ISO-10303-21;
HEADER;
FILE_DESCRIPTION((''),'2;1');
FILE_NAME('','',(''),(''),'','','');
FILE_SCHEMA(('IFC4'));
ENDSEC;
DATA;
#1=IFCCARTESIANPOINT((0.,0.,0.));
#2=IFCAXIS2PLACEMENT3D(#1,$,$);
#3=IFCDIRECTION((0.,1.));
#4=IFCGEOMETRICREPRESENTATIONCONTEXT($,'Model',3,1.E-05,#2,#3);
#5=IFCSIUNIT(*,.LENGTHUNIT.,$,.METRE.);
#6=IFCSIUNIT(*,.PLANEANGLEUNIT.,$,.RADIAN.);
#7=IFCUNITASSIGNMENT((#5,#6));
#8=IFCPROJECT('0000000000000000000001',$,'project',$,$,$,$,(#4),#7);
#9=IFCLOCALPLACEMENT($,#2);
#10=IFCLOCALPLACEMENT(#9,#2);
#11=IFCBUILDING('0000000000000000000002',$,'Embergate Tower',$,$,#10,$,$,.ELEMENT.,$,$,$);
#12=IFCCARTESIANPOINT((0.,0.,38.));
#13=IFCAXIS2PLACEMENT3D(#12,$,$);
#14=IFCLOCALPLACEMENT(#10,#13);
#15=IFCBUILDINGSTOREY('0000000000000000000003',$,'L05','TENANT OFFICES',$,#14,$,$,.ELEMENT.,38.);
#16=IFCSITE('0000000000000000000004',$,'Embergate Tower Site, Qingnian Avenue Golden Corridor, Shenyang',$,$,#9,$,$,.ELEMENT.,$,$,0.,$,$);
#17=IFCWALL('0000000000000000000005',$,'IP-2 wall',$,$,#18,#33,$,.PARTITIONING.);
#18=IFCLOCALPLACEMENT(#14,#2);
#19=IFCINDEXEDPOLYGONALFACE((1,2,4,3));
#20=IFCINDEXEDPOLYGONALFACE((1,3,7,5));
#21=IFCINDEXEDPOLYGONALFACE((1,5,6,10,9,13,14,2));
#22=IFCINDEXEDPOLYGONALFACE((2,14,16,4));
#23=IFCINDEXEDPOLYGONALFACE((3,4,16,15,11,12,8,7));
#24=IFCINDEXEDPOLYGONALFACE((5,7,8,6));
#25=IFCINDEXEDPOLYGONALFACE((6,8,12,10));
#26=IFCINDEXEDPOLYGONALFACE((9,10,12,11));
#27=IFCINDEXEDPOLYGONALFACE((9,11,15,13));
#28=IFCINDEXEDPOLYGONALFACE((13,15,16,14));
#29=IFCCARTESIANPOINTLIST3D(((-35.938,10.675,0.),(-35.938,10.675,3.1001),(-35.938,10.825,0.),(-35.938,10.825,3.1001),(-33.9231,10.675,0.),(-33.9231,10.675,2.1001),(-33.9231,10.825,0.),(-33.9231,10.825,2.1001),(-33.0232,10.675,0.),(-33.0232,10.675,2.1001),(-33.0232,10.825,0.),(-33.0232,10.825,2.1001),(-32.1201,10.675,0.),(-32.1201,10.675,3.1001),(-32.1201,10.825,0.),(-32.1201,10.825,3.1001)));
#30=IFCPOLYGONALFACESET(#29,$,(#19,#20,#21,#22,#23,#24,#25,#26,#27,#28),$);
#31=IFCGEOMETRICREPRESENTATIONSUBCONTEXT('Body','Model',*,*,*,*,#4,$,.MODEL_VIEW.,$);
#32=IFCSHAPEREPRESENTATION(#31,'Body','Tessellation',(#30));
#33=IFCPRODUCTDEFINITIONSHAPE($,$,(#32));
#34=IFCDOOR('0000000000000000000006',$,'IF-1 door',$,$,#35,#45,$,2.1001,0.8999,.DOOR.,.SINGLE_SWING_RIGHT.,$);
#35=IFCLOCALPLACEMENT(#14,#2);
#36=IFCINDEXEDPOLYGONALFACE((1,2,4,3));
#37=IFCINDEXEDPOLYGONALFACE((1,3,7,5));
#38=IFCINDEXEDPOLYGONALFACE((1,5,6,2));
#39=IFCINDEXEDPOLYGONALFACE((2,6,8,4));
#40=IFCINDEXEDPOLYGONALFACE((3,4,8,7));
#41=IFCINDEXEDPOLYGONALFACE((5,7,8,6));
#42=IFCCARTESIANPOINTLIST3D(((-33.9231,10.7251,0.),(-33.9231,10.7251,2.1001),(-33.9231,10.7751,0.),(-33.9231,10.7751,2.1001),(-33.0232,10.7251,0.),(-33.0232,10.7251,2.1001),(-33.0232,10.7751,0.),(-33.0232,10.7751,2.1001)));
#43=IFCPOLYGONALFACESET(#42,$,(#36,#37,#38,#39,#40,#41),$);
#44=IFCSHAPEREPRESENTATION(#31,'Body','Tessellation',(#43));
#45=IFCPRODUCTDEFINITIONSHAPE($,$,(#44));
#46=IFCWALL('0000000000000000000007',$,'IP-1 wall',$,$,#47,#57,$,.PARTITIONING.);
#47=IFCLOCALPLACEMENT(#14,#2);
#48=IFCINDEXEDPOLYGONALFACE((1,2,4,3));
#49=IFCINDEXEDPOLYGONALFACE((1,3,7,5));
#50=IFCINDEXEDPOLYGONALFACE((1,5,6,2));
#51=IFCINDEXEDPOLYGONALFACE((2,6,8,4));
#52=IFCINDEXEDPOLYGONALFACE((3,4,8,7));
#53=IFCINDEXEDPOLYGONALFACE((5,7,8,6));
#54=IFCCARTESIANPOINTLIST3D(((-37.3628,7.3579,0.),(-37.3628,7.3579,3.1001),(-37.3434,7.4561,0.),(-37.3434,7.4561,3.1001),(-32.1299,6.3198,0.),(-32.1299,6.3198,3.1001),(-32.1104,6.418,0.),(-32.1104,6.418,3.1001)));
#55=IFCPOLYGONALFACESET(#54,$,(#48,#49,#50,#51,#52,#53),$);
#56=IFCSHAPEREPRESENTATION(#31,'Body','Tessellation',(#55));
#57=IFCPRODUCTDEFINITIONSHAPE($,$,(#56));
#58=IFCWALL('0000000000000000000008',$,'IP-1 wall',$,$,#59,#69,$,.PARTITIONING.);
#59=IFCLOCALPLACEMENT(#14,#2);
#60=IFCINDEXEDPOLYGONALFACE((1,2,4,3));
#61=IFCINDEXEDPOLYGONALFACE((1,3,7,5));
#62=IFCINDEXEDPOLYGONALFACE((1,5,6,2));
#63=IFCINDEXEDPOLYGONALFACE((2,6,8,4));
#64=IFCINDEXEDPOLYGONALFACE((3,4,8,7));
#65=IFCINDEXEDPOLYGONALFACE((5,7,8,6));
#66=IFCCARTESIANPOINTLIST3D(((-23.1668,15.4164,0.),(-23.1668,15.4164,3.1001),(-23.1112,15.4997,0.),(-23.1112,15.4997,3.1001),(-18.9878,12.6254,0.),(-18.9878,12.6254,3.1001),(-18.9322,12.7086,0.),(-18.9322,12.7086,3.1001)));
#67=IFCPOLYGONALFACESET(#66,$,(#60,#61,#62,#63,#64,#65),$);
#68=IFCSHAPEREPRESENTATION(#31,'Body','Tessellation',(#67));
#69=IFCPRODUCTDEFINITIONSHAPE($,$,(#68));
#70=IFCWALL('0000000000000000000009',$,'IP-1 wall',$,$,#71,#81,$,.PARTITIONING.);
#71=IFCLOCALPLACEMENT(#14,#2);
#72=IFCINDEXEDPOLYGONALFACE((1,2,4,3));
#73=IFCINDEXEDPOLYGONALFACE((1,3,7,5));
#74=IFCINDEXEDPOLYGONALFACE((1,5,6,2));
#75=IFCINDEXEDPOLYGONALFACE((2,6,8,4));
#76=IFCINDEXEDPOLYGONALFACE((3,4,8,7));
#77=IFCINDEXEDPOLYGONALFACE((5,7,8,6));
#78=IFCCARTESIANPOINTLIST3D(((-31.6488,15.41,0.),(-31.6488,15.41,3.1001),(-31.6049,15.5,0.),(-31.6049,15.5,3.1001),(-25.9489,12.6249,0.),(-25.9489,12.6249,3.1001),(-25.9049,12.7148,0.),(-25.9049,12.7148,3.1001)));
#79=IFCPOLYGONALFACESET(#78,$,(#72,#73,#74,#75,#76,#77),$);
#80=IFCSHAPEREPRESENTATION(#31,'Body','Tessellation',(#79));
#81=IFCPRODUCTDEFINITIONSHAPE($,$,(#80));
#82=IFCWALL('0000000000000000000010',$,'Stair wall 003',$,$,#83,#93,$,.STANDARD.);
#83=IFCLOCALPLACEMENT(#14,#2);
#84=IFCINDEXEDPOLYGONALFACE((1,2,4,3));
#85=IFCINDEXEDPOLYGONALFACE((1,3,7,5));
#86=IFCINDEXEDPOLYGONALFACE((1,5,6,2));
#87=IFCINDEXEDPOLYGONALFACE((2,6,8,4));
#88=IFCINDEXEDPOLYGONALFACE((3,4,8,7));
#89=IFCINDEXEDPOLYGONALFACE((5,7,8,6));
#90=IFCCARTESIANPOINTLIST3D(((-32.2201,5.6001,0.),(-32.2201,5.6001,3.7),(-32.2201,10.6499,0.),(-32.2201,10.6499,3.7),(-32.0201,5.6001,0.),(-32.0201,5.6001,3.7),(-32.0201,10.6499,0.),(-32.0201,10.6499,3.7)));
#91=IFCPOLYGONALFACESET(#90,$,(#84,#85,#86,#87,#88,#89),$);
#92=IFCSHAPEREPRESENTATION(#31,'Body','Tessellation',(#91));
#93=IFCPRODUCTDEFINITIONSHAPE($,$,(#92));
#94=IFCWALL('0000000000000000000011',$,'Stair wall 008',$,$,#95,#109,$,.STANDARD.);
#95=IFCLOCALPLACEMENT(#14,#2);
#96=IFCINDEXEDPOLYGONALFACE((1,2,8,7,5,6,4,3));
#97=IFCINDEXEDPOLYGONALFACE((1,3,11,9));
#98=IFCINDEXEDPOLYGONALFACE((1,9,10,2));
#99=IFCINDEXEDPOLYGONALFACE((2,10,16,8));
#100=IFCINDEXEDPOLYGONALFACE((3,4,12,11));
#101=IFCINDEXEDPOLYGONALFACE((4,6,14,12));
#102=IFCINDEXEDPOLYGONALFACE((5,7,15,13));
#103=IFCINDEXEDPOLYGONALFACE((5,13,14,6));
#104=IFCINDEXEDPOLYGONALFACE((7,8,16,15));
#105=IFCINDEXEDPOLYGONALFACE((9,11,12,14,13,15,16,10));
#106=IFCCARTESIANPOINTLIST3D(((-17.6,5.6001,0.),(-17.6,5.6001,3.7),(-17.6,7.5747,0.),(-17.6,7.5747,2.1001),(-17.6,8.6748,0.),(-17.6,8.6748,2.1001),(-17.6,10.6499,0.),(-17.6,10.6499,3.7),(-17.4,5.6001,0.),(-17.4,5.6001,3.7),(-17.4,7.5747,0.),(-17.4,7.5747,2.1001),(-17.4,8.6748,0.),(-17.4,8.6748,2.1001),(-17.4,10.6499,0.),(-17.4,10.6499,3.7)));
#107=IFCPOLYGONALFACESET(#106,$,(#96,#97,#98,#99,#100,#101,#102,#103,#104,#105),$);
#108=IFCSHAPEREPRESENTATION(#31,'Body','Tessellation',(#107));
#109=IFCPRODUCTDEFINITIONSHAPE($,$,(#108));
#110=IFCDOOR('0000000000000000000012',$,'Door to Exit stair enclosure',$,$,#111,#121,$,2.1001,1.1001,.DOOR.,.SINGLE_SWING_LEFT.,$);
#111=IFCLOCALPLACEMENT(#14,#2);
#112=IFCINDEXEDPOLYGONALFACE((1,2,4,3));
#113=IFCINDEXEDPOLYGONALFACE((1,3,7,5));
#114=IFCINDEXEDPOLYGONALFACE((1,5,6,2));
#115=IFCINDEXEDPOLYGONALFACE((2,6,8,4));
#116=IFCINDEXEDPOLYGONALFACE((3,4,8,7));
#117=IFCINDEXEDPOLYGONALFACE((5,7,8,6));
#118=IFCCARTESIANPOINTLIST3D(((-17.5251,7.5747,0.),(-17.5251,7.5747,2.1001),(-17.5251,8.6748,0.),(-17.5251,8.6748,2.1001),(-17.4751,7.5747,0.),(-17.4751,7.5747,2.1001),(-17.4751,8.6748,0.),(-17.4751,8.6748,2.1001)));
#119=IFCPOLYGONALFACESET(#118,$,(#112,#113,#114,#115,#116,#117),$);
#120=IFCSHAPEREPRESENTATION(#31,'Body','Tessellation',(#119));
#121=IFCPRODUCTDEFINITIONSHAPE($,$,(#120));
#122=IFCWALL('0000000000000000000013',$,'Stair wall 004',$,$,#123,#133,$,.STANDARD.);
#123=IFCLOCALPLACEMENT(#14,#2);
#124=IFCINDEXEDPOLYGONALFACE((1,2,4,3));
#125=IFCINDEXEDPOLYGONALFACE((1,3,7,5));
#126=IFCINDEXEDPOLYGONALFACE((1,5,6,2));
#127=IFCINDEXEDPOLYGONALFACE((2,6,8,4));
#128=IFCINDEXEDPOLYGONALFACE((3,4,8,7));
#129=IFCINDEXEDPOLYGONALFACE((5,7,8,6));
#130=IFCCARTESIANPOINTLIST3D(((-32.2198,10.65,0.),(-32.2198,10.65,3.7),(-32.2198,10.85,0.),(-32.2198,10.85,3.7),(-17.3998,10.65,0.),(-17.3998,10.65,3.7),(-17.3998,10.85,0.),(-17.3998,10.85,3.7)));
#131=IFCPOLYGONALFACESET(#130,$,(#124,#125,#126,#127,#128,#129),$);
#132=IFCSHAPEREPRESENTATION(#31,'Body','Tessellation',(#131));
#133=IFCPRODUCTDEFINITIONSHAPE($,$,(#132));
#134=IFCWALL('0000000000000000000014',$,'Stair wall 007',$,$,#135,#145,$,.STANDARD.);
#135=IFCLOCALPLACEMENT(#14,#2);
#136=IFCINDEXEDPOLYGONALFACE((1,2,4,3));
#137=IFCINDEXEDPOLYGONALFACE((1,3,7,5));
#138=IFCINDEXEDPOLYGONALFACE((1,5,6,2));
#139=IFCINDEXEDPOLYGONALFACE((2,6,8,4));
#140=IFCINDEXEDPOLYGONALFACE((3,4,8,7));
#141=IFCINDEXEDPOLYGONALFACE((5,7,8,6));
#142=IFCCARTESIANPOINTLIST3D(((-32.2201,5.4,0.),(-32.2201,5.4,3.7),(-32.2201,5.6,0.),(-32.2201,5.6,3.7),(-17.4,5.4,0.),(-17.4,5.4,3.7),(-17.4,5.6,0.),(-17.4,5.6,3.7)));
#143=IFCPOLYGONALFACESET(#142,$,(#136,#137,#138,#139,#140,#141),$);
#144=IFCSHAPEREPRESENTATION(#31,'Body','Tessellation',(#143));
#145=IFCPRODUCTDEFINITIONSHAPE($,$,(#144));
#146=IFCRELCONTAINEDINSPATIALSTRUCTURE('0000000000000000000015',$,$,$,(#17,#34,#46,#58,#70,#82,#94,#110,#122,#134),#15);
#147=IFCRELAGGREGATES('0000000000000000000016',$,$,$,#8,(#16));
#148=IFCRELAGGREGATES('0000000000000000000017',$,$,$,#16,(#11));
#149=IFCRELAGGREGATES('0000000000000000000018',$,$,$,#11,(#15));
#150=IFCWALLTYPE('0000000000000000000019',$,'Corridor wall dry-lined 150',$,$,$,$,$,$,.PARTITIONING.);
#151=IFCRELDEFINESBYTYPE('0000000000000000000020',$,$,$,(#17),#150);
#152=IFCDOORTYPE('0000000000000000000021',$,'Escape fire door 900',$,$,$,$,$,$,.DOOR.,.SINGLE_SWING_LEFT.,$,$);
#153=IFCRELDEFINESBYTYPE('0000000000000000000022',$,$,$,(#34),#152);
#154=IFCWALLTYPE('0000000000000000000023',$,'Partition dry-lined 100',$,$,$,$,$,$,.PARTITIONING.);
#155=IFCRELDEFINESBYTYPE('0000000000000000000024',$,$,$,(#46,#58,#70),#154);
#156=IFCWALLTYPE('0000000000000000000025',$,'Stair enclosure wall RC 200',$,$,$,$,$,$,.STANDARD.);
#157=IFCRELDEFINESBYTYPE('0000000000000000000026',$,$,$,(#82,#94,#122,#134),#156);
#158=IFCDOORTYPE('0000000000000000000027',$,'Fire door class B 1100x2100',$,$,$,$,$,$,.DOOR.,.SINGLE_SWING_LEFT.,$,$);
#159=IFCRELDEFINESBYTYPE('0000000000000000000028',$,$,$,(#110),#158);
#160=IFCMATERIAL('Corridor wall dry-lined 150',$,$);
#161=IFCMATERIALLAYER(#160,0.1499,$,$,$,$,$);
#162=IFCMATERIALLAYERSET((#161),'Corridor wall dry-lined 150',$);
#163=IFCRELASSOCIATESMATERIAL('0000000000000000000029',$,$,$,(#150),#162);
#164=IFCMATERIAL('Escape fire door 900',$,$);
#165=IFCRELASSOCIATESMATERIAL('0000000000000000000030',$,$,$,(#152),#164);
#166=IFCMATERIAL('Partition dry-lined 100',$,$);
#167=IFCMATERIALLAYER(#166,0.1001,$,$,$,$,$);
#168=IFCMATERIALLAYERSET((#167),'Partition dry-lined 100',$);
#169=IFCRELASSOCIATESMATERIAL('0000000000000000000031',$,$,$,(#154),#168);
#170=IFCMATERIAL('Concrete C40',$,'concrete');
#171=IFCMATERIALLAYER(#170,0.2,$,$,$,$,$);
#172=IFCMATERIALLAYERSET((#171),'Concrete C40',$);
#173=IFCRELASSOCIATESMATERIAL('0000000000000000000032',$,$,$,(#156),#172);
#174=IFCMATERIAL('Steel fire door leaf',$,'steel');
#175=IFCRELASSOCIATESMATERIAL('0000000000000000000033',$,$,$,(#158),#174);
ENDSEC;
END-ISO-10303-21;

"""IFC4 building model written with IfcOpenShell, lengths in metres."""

from ifc_helpers import new_model, si_unit, direction, frame, frame_2d, origin, place, context, subcontext, project, spatial, rectangle, extrude, source, transform, mapped, material, layer, layer_set, type_object, element, fill, save


model = new_model("IFC4")

# Units and contexts
model_context = context("Model", 3, precision=1e-05, world=origin(), true_north=direction((0.0, 1.0)))
body_context = subcontext(model_context, "Body", "Model", "MODEL_VIEW")
ifc_project = project(units=[si_unit("LENGTHUNIT", "METRE"), si_unit("PLANEANGLEUNIT", "RADIAN")], contexts=[model_context])

# Site, building, storey
site_placement = place(None, origin())
site = spatial("IfcSite", under=ifc_project, at=site_placement, Name="Embergate Tower Site, Qingnian Avenue Golden Corridor, Shenyang", CompositionType="ELEMENT", RefElevation=0.0)
building_placement = place(site_placement, origin())
building = spatial("IfcBuilding", under=site, at=building_placement, Name="Embergate Tower", CompositionType="ELEMENT")
storey_placement = place(building_placement, frame((0.0, 0.0, 38.0)))
storey = spatial("IfcBuildingStorey", under=building, at=storey_placement, Name="L05", Description="TENANT OFFICES", CompositionType="ELEMENT", Elevation=38.0)

# Shared definitions
ifc_material_1 = material(Name="Corridor wall dry-lined 150")
ifc_layer_1 = layer(ifc_material_1, 0.1499)
ifc_layer_set_1 = layer_set([ifc_layer_1], Name="Corridor wall dry-lined 150")
wall_type_1 = type_object("IfcWallType", Name="Corridor wall dry-lined 150", PredefinedType="PARTITIONING", material=ifc_layer_set_1)
shared_shape_1 = source(origin(), body_context, "Body", "SweptSolid", [
    extrude(rectangle(XDim=0.8999, YDim=2.1001, at=frame_2d((0.45, 1.05))), frame((0.0, 0.085, 0.0), z_axis=(0.0, -1.0, 0.0), x_axis=(1.0, 0.0, 0.0)), (0.0, 0.0, 1.0), 0.1699),
])
ifc_material_2 = material(Name="Escape fire door 900")
door_type_1 = type_object("IfcDoorType", Name="Escape fire door 900", OperationType="SINGLE_SWING_LEFT", PredefinedType="DOOR", material=ifc_material_2)
shared_shape_2 = source(origin(), body_context, "Body", "SweptSolid", [
    extrude(rectangle(XDim=0.8999, YDim=2.1001, at=frame_2d((0.45, 1.05))), frame((0.0, 0.0249, 0.0), z_axis=(0.0, -1.0, 0.0), x_axis=(1.0, 0.0, 0.0)), (0.0, 0.0, 1.0), 0.05),
])

# Wall, opening, door
shared_shape_3 = source(origin(), body_context, "Body", "SweptSolid", [
    extrude(rectangle(XDim=3.8179, YDim=0.1499, at=frame_2d((1.9089, 0.0))), origin(), (0.0, 0.0, 1.0), 3.1001),
])
wall_1_placement = place(storey_placement, frame((-32.1201, 10.75, 0.0), z_axis=(0.0, 0.0, 1.0), x_axis=(-1.0, 0.0, 0.0)))
wall_1 = element("IfcWall", 1, at=wall_1_placement, inside=storey, type_object=wall_type_1, Name="IP-2 wall", PredefinedType="PARTITIONING", context=body_context, shape_type="MappedRepresentation", body=[
    mapped(shared_shape_3, transform((0.0, 0.0, 0.0))),
])
opening_1_placement = place(wall_1_placement, frame((0.9031, 0.0, 0.0)))
opening_1 = element("IfcOpeningElement", 2, at=opening_1_placement, cuts=wall_1, PredefinedType="OPENING", context=body_context, shape_type="MappedRepresentation", body=[
    mapped(shared_shape_1, transform((0.0, 0.0, 0.0))),
])
door_1_placement = place(opening_1_placement, origin())
door_1 = element("IfcDoor", 3, at=door_1_placement, inside=storey, type_object=door_type_1, Name="IF-1 door", OperationType="SINGLE_SWING_RIGHT", OverallHeight=2.1001, OverallWidth=0.8999, PredefinedType="DOOR", context=body_context, shape_type="MappedRepresentation", body=[
    mapped(shared_shape_2, transform((0.0, 0.0, 0.0))),
])
fill(opening_1, door_1)

# Walls
ifc_material_3 = material(Name="Partition dry-lined 100")
ifc_layer_2 = layer(ifc_material_3, 0.1001)
ifc_layer_set_2 = layer_set([ifc_layer_2], Name="Partition dry-lined 100")
wall_type_2 = type_object("IfcWallType", Name="Partition dry-lined 100", PredefinedType="PARTITIONING", material=ifc_layer_set_2)
shared_shape_4 = source(origin(), body_context, "Body", "SweptSolid", [
    extrude(rectangle(XDim=5.335, YDim=0.1001, at=frame_2d((2.6675, 0.0))), origin(), (0.0, 0.0, 1.0), 3.1001),
])
wall_2_placement = place(storey_placement, frame((-32.1201, 6.3689, 0.0), z_axis=(0.0, 0.0, 1.0), x_axis=(-0.980886, 0.194585, 0.0)))
element("IfcWall", 4, at=wall_2_placement, inside=storey, type_object=wall_type_2, Name="IP-1 wall", PredefinedType="PARTITIONING", context=body_context, shape_type="MappedRepresentation", body=[
    mapped(shared_shape_4, transform((0.0, 0.0, 0.0))),
])
shared_shape_5 = source(origin(), body_context, "Body", "SweptSolid", [
    extrude(rectangle(XDim=5.0254, YDim=0.1001, at=frame_2d((2.5127, 0.0))), origin(), (0.0, 0.0, 1.0), 3.1001),
])
wall_3_placement = place(storey_placement, frame((-18.96, 12.667, 0.0), z_axis=(0.0, 0.0, 1.0), x_axis=(-0.831587, 0.555395, 0.0)))
element("IfcWall", 5, at=wall_3_placement, inside=storey, type_object=wall_type_2, Name="IP-1 wall", PredefinedType="PARTITIONING", context=body_context, shape_type="MappedRepresentation", body=[
    mapped(shared_shape_5, transform((0.0, 0.0, 0.0))),
])
shared_shape_6 = source(origin(), body_context, "Body", "SweptSolid", [
    extrude(rectangle(XDim=6.344, YDim=0.1001, at=frame_2d((3.1719, 0.0))), origin(), (0.0, 0.0, 1.0), 3.1001),
])
wall_4_placement = place(storey_placement, frame((-25.927, 12.6699, 0.0), z_axis=(0.0, 0.0, 1.0), x_axis=(-0.898477, 0.439021, 0.0)))
element("IfcWall", 6, at=wall_4_placement, inside=storey, type_object=wall_type_2, Name="IP-1 wall", PredefinedType="PARTITIONING", context=body_context, shape_type="MappedRepresentation", body=[
    mapped(shared_shape_6, transform((0.0, 0.0, 0.0))),
])
ifc_material_4 = material(Name="Concrete C40", Category="concrete")
ifc_layer_3 = layer(ifc_material_4, 0.2)
ifc_layer_set_3 = layer_set([ifc_layer_3], Name="Concrete C40")
wall_type_3 = type_object("IfcWallType", Name="Stair enclosure wall RC 200", PredefinedType="STANDARD", material=ifc_layer_set_3)
shared_shape_7 = source(origin(), body_context, "Body", "SweptSolid", [
    extrude(rectangle(XDim=5.0498, YDim=0.2, at=frame_2d((2.5249, 0.0))), origin(), (0.0, 0.0, 1.0), 3.7),
])
wall_5_placement = place(storey_placement, frame((-32.1201, 5.6001, 0.0), z_axis=(0.0, 0.0, 1.0), x_axis=(0.0, 1.0, 0.0)))
element("IfcWall", 7, at=wall_5_placement, inside=storey, type_object=wall_type_3, Name="Stair wall 003", PredefinedType="STANDARD", context=body_context, shape_type="MappedRepresentation", body=[
    mapped(shared_shape_7, transform((0.0, 0.0, 0.0))),
])

# Wall, opening, door
wall_6_placement = place(storey_placement, frame((-17.5, 10.6499, 0.0), z_axis=(0.0, 0.0, 1.0), x_axis=(0.0, -1.0, 0.0)))
wall_6 = element("IfcWall", 8, at=wall_6_placement, inside=storey, type_object=wall_type_3, Name="Stair wall 008", PredefinedType="STANDARD", context=body_context, shape_type="MappedRepresentation", body=[
    mapped(shared_shape_7, transform((0.0, 0.0, 0.0))),
])
shared_shape_8 = source(origin(), body_context, "Body", "SweptSolid", [
    extrude(rectangle(XDim=1.1001, YDim=2.1001, at=frame_2d((0.55, 1.05))), frame((0.0, 0.1099, 0.0), z_axis=(0.0, -1.0, 0.0), x_axis=(1.0, 0.0, 0.0)), (0.0, 0.0, 1.0), 0.22),
])
opening_2_placement = place(wall_6_placement, frame((1.9751, 0.0, 0.0)))
opening_2 = element("IfcOpeningElement", 9, at=opening_2_placement, cuts=wall_6, PredefinedType="OPENING", context=body_context, shape_type="MappedRepresentation", body=[
    mapped(shared_shape_8, transform((0.0, 0.0, 0.0))),
])
ifc_material_5 = material(Name="Steel fire door leaf", Category="steel")
door_type_2 = type_object("IfcDoorType", Name="Fire door class B 1100x2100", OperationType="SINGLE_SWING_LEFT", PredefinedType="DOOR", material=ifc_material_5)
shared_shape_9 = source(origin(), body_context, "Body", "SweptSolid", [
    extrude(rectangle(XDim=1.1001, YDim=2.1001, at=frame_2d((0.55, 1.05))), frame((0.0, 0.0249, 0.0), z_axis=(0.0, -1.0, 0.0), x_axis=(1.0, 0.0, 0.0)), (0.0, 0.0, 1.0), 0.05),
])
door_2_placement = place(opening_2_placement, origin())
door_2 = element("IfcDoor", 10, at=door_2_placement, inside=storey, type_object=door_type_2, Name="Door to Exit stair enclosure", OperationType="SINGLE_SWING_LEFT", OverallHeight=2.1001, OverallWidth=1.1001, PredefinedType="DOOR", context=body_context, shape_type="MappedRepresentation", body=[
    mapped(shared_shape_9, transform((0.0, 0.0, 0.0))),
])
fill(opening_2, door_2)

# Walls
shared_shape_10 = source(origin(), body_context, "Body", "SweptSolid", [
    extrude(rectangle(XDim=14.8201, YDim=0.2, at=frame_2d((7.4102, 0.0))), origin(), (0.0, 0.0, 1.0), 3.7),
])
for number, where, z_axis, x_axis, name in (
    (11, (-32.22, 10.75, 0.0), (0.0, 0.0, 1.0), (1.0, 0.0, 0.0), "Stair wall 004"),
    (12, (-17.3999, 5.5, 0.0), (0.0, 0.0, 1.0), (-1.0, 0.0, 0.0), "Stair wall 007"),
):
    element("IfcWall", number, at=place(storey_placement, frame(where, z_axis=z_axis, x_axis=x_axis)), inside=storey, type_object=wall_type_3, Name=name, PredefinedType="STANDARD", context=body_context, shape_type="MappedRepresentation", body=[
        mapped(shared_shape_10, transform((0.0, 0.0, 0.0))),
    ])

save(model, "model.ifc")
